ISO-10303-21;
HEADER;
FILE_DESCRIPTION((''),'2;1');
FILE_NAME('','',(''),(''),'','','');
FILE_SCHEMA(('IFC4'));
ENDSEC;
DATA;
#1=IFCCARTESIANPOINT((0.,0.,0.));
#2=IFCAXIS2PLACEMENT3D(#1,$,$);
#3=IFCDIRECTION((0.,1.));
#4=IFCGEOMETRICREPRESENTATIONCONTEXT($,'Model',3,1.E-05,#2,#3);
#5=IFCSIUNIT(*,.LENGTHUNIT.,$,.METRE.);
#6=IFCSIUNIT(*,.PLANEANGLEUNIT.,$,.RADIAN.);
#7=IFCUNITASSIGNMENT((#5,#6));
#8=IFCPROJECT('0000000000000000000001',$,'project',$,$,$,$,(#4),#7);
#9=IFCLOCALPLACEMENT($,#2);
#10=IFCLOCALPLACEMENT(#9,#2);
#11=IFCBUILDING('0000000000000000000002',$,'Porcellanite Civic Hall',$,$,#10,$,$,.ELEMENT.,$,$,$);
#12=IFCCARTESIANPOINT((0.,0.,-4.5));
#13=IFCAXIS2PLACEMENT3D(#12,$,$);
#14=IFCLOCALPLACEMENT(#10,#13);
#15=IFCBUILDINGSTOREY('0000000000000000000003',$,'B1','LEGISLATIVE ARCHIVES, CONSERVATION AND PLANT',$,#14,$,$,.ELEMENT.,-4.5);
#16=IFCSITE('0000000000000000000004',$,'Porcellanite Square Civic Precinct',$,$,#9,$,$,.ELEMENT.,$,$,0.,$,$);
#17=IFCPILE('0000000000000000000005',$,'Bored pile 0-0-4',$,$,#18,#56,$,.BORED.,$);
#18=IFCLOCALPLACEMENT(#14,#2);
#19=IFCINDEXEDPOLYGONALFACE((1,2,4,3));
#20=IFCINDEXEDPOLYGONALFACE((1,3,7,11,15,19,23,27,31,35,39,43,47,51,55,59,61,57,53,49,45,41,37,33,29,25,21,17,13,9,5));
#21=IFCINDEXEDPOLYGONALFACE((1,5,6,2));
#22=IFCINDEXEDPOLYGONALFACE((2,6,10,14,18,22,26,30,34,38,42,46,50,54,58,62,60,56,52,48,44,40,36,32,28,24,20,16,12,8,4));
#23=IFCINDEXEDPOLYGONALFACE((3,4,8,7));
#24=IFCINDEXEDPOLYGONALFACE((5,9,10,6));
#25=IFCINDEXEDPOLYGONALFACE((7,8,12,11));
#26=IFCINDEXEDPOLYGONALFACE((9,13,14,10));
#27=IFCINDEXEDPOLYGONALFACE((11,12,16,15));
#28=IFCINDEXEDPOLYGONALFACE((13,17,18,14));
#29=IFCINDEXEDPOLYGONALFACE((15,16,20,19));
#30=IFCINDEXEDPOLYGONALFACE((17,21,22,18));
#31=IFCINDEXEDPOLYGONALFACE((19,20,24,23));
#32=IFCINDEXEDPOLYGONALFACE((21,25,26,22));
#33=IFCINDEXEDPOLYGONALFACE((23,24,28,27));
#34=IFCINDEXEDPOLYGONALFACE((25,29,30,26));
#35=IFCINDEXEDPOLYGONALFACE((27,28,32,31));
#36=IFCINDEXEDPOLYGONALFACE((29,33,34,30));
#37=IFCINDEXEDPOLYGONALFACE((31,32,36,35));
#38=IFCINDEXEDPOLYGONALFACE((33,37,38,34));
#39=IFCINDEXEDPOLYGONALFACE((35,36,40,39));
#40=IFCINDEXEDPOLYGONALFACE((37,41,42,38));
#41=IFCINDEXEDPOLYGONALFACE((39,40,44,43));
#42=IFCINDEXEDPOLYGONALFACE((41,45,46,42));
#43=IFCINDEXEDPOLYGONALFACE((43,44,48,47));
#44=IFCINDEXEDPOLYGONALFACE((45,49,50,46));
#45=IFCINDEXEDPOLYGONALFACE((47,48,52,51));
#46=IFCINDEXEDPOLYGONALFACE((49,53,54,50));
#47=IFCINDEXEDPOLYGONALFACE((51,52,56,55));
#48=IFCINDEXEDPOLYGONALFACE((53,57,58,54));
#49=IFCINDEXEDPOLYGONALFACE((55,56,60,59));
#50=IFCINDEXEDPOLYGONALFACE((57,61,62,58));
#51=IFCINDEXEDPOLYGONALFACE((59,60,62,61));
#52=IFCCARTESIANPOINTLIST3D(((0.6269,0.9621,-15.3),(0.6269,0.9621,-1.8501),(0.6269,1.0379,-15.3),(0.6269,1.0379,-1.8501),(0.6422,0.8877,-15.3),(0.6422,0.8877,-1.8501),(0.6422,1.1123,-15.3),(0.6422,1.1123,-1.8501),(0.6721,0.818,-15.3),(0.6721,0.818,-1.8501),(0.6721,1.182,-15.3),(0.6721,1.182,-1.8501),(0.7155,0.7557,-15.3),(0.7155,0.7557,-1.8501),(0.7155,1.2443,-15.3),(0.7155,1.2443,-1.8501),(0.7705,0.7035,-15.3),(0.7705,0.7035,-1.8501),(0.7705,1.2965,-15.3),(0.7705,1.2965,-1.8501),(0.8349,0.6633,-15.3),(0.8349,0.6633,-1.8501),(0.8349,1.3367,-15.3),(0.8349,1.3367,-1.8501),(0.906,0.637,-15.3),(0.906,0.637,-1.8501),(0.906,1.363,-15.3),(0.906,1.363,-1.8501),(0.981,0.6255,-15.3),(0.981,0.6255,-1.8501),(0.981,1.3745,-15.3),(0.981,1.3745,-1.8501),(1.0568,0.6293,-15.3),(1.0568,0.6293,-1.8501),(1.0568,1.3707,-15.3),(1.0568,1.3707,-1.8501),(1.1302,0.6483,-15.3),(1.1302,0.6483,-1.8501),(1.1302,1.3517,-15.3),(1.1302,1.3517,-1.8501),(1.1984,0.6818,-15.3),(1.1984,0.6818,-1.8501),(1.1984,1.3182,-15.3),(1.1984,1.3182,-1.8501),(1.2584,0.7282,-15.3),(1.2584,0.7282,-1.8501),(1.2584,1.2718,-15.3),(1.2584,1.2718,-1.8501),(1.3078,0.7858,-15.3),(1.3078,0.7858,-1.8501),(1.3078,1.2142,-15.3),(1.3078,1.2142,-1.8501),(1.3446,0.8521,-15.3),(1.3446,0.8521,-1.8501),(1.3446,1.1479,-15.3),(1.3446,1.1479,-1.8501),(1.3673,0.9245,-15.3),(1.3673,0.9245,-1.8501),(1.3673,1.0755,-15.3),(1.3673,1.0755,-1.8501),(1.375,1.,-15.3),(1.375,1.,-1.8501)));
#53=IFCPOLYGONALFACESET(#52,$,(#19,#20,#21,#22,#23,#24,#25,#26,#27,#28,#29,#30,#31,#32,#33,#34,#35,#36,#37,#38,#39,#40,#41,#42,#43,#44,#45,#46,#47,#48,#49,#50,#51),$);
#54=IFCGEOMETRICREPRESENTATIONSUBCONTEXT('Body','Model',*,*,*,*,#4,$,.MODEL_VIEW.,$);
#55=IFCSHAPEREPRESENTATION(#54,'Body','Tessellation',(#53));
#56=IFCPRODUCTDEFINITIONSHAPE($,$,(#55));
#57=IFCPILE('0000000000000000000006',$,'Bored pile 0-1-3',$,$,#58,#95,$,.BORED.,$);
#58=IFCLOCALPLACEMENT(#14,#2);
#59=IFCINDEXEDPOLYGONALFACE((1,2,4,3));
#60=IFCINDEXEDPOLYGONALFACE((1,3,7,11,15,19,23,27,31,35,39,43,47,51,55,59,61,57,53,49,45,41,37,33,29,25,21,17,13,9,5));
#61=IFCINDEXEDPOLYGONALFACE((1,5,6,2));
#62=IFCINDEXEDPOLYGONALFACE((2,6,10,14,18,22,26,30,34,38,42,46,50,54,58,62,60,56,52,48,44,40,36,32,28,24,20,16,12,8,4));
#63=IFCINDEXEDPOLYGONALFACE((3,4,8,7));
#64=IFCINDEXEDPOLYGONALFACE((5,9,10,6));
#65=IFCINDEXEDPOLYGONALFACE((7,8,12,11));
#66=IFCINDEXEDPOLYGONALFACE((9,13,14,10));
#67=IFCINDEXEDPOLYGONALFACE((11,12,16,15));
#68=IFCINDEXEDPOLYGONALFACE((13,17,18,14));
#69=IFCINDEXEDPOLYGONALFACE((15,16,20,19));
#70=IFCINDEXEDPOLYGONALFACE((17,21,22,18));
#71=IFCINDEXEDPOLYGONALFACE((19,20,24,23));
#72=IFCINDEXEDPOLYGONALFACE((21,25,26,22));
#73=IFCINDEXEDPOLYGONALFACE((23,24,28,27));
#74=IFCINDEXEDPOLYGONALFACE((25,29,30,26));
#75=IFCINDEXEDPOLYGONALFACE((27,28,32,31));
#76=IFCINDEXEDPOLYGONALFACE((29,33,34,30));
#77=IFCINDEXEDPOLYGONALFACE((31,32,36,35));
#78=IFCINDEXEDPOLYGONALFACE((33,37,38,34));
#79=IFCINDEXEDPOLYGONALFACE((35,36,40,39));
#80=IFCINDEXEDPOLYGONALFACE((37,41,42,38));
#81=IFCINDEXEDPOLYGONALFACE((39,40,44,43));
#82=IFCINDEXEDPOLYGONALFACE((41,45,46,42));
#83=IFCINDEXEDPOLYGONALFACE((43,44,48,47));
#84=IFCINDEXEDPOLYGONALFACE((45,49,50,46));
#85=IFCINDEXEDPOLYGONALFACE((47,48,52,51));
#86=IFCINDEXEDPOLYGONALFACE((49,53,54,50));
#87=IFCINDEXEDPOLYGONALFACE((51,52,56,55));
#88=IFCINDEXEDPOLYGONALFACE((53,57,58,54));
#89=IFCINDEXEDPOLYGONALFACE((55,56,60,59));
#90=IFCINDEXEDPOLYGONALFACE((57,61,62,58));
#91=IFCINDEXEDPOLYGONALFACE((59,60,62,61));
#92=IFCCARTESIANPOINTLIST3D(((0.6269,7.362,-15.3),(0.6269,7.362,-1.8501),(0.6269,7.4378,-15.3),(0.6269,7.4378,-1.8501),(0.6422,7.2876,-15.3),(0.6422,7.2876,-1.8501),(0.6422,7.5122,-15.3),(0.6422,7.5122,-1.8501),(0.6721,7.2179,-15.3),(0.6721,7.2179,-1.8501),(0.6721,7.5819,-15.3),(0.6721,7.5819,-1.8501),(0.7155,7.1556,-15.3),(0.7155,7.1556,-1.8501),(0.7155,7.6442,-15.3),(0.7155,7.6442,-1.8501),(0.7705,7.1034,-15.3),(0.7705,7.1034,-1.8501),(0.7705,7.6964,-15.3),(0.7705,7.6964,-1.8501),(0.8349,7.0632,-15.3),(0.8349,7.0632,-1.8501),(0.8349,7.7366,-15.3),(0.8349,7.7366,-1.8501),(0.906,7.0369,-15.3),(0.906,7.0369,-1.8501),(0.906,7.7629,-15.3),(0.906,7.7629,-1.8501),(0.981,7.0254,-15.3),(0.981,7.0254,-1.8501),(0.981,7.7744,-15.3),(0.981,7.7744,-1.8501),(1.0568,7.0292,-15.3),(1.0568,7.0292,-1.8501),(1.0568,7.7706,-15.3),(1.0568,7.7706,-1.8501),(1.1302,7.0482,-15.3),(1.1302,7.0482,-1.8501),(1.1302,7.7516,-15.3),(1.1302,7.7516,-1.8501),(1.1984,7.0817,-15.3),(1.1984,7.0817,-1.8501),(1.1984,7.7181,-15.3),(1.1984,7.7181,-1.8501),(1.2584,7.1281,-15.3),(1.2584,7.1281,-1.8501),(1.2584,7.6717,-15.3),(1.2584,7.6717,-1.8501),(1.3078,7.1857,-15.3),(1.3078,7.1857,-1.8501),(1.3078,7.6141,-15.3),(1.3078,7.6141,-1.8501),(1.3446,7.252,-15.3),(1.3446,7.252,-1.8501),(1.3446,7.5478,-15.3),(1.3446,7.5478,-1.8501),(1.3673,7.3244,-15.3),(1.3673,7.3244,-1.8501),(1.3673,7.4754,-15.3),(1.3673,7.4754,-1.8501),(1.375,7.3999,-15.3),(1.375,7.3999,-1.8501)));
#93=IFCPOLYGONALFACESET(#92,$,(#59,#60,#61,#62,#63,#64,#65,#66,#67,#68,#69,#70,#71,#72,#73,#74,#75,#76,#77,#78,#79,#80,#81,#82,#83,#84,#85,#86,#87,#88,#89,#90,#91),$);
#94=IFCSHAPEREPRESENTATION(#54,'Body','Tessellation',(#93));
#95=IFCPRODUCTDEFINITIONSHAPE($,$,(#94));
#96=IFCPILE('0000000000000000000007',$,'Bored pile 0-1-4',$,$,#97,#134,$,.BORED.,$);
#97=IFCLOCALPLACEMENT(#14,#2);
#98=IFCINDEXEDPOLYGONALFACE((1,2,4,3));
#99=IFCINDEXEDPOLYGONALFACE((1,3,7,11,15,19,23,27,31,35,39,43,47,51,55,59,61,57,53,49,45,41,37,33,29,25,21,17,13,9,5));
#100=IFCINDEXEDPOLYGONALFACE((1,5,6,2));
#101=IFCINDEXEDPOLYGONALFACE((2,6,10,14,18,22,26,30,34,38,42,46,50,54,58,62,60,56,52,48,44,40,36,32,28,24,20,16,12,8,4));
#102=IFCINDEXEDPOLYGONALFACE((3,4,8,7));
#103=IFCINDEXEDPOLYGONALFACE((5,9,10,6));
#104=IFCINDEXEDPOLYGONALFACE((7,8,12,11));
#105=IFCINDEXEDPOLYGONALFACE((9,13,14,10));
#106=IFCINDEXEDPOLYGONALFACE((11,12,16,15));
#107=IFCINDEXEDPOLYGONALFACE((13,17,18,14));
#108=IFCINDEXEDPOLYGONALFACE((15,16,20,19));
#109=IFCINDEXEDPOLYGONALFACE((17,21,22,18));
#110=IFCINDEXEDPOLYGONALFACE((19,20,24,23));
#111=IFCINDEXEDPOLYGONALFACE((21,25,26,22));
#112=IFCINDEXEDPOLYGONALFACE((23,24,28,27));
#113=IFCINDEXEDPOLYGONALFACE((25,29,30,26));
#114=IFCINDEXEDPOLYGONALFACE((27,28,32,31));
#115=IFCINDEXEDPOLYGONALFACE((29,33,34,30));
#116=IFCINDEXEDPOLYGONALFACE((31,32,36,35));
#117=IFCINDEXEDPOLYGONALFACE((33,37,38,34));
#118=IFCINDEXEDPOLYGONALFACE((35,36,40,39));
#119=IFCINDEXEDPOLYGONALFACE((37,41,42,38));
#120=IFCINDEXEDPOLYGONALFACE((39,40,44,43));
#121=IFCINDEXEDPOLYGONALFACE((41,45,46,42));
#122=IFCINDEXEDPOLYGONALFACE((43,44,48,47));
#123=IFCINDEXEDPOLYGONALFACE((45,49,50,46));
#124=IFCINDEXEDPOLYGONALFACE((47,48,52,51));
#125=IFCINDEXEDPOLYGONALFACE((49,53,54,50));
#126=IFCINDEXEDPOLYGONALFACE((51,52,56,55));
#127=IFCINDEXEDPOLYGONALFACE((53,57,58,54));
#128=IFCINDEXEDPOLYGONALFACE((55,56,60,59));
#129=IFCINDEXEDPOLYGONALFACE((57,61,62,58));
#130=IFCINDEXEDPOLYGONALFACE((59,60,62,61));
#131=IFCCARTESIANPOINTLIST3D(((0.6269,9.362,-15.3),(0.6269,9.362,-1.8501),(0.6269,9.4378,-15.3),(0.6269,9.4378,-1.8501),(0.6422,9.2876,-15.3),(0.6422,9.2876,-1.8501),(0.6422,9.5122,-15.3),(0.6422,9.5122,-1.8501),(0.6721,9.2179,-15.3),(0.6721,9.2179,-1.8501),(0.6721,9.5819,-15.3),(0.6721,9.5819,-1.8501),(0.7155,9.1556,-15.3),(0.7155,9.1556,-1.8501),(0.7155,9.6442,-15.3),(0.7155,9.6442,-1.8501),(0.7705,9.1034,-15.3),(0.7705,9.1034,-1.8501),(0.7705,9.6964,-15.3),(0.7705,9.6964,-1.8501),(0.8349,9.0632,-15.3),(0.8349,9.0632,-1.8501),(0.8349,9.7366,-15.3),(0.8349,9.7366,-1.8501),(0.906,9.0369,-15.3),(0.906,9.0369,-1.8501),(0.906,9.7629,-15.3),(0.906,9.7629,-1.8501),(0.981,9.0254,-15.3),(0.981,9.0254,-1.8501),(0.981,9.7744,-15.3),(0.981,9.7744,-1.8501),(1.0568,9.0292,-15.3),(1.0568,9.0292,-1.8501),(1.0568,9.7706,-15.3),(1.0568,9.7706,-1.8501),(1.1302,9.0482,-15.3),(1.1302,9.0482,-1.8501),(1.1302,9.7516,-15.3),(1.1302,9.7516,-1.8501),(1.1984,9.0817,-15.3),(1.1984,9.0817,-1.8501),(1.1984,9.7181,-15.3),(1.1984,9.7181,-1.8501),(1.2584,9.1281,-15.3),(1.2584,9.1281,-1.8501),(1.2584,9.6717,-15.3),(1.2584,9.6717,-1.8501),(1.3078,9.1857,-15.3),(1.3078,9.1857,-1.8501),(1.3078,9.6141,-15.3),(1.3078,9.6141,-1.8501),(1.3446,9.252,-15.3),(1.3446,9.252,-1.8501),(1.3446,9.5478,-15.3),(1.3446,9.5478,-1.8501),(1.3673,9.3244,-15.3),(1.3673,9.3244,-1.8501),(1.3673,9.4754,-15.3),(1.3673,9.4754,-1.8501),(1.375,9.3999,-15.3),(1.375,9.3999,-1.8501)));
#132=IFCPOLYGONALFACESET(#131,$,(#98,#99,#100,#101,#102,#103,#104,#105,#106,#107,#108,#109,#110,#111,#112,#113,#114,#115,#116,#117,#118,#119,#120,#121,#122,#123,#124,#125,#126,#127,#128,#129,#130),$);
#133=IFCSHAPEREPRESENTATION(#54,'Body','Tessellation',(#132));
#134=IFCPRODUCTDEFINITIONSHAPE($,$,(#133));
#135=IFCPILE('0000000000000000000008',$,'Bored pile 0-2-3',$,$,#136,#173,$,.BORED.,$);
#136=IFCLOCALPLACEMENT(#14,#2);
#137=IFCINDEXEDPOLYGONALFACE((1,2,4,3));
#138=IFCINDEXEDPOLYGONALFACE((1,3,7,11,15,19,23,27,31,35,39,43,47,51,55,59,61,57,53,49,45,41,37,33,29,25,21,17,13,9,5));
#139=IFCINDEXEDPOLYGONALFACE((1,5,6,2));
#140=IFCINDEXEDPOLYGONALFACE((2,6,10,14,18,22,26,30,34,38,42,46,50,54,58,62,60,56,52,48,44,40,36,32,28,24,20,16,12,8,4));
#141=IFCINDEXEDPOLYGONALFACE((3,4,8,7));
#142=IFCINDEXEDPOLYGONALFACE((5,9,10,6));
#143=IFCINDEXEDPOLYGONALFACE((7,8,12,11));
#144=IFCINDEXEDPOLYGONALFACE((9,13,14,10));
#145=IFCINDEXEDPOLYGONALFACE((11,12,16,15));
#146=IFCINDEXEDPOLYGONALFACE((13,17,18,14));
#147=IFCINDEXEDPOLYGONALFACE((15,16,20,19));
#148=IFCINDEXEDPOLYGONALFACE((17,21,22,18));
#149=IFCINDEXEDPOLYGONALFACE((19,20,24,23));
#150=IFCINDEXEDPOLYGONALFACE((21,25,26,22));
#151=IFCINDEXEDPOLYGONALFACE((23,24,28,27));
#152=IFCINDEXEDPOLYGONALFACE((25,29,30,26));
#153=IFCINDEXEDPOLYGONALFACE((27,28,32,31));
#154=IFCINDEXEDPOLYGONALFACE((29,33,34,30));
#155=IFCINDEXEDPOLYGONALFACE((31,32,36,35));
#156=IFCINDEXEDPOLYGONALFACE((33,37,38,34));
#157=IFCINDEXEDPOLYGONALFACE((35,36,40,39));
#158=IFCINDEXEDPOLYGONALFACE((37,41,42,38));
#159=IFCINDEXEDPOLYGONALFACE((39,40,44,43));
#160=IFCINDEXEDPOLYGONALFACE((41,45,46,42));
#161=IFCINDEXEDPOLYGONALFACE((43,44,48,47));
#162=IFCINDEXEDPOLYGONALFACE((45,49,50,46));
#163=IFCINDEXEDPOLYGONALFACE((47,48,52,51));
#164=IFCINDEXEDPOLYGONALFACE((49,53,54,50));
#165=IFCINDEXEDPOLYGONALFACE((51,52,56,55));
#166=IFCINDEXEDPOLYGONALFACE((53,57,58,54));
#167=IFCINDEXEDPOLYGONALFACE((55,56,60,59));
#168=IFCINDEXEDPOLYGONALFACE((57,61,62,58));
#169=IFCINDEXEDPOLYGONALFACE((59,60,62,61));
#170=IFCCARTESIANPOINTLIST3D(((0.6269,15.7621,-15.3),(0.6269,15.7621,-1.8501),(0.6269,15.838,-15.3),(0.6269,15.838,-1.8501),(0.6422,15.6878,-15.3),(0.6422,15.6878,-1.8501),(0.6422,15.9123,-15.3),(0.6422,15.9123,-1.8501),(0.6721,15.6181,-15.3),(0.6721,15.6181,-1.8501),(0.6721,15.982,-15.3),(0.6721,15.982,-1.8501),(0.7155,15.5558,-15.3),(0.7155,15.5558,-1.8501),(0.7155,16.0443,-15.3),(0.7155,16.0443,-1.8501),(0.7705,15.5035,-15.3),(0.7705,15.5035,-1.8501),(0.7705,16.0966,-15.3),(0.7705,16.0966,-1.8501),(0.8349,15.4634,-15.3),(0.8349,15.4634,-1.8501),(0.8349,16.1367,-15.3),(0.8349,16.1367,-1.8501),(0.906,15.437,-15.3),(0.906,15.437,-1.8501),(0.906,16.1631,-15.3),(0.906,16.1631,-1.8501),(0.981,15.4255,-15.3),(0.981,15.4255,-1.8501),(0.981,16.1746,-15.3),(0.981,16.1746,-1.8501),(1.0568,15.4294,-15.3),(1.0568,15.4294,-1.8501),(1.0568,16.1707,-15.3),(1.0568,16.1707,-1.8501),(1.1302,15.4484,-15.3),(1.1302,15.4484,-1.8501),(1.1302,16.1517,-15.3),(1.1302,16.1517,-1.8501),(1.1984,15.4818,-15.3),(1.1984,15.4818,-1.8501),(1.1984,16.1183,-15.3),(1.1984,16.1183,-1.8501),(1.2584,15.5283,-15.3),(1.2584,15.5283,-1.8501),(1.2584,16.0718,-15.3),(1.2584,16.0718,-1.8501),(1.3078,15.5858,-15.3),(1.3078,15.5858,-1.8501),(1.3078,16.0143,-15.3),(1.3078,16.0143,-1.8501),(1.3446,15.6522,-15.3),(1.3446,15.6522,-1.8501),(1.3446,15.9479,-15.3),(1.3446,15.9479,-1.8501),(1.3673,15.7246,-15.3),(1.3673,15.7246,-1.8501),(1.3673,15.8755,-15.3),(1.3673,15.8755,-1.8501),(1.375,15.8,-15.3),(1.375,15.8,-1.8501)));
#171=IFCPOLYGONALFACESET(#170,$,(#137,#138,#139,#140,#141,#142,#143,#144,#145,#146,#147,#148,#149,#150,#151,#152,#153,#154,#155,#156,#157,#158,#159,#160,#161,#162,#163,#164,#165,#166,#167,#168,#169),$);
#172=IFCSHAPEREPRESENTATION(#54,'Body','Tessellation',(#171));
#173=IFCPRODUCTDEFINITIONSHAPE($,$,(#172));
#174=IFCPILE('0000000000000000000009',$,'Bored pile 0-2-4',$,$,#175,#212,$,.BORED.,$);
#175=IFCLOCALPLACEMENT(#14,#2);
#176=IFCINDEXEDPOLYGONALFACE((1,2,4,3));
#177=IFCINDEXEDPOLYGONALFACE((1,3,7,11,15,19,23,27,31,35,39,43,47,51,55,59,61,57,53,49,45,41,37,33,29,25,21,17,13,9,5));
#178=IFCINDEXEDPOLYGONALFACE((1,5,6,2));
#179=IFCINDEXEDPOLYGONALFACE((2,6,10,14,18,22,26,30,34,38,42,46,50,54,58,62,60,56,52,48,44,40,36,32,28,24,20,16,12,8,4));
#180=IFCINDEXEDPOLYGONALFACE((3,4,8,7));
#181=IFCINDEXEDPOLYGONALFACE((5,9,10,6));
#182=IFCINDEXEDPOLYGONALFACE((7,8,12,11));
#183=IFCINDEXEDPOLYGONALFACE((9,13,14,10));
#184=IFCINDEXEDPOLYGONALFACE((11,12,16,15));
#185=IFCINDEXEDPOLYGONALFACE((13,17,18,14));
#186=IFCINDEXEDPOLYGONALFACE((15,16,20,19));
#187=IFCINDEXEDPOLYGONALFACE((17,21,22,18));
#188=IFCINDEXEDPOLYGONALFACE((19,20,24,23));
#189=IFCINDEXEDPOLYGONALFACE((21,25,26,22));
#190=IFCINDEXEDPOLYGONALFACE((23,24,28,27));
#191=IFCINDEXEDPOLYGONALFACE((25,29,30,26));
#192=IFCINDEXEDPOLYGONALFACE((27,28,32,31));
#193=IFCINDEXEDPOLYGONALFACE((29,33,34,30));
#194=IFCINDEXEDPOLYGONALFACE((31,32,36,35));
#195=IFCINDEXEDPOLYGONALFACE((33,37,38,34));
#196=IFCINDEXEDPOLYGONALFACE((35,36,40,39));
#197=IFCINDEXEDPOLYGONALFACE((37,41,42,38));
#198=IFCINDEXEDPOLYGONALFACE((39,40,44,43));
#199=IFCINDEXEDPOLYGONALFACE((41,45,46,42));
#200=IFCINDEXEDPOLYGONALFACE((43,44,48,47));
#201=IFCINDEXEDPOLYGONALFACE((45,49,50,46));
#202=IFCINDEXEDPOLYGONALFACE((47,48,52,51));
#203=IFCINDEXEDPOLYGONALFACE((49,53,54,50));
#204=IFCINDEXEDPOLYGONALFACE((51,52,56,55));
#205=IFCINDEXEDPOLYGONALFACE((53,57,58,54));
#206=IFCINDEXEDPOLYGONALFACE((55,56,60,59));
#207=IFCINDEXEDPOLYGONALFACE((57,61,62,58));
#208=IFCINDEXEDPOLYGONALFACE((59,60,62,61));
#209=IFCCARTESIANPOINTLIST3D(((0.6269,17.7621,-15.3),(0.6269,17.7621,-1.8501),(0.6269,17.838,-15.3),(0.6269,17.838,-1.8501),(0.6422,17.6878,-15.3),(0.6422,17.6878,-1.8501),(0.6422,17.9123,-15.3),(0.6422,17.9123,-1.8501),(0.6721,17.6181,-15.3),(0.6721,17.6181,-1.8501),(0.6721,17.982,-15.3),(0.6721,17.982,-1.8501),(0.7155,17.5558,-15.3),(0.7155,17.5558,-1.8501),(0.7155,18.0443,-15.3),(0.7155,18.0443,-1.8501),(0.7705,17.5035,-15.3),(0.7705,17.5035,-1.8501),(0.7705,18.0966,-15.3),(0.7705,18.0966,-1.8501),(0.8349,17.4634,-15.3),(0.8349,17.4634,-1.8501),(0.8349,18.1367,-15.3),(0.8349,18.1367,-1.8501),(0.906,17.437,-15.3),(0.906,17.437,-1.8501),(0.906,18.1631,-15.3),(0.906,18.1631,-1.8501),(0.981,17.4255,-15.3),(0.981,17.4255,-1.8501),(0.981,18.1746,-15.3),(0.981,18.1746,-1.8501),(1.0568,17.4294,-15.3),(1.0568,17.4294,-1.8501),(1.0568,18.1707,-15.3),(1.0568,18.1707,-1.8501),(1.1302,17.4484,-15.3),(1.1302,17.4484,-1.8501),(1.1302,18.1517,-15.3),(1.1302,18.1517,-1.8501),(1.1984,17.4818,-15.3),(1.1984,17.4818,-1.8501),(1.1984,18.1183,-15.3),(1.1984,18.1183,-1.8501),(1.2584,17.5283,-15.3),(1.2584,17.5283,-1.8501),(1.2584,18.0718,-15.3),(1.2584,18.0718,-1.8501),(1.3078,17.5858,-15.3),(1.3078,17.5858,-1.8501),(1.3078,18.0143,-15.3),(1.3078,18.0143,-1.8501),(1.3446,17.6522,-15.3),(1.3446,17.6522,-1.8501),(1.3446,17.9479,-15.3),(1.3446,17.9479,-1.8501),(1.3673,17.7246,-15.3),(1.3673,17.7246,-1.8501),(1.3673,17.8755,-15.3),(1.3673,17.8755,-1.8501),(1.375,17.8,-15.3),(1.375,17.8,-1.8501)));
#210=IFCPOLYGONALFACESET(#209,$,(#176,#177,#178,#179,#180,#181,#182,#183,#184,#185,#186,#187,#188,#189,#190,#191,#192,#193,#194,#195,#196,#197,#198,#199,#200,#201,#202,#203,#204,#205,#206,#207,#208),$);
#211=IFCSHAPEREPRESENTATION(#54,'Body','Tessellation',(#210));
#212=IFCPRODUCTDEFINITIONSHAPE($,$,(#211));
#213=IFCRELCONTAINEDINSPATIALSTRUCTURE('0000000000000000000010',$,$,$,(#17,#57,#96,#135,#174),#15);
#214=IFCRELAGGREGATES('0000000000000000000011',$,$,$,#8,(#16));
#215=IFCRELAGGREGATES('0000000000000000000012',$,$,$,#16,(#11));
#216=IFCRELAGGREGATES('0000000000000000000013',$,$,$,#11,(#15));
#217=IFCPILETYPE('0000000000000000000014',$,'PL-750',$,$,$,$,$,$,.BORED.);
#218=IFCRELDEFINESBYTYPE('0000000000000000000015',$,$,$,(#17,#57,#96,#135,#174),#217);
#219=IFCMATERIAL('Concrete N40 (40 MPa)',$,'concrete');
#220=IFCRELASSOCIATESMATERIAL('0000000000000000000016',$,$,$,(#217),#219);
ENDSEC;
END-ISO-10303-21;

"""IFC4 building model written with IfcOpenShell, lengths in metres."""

from ifc_helpers import new_model, si_unit, direction, frame, origin, origin_2d, place, context, subcontext, project, spatial, circle, extrude, material, material_profile, profile_set, type_object, element, save


model = new_model("IFC4")

# Units and contexts
model_context = context("Model", 3, precision=1e-05, world=origin(), true_north=direction((0.0, 1.0)))
body_context = subcontext(model_context, "Body", "Model", "MODEL_VIEW")
ifc_project = project(units=[si_unit("LENGTHUNIT", "METRE"), si_unit("PLANEANGLEUNIT", "RADIAN")], contexts=[model_context])

# Site, building, storey
site_placement = place(None, origin())
site = spatial("IfcSite", under=ifc_project, at=site_placement, Name="Porcellanite Square Civic Precinct", CompositionType="ELEMENT", RefElevation=0.0)
building_placement = place(site_placement, origin())
building = spatial("IfcBuilding", under=site, at=building_placement, Name="Porcellanite Civic Hall", CompositionType="ELEMENT")
storey_placement = place(building_placement, frame((0.0, 0.0, -4.5)))
storey = spatial("IfcBuildingStorey", under=building, at=storey_placement, Name="B1", Description="LEGISLATIVE ARCHIVES, CONSERVATION AND PLANT", CompositionType="ELEMENT", Elevation=-4.5)

# Piles
ifc_material_1 = material(Name="Concrete N40 (40 MPa)", Category="concrete")
ifc_material_profile_1 = material_profile(ifc_material_1, circle(Radius=0.375, at=origin_2d()), Name="PILE-D750")
ifc_profile_set_1 = profile_set([ifc_material_profile_1], Name="Concrete N40 (40 MPa)")
pile_type_1 = type_object("IfcPileType", Name="PL-750", PredefinedType="BORED", material=ifc_profile_set_1)
for number, where, z_axis, x_axis, name in (
    (1, (1.0, 1.0, -1.8501), (0.0, 0.0, -1.0), (1.0, 0.0, 0.0), "Bored pile 0-0-4"),
    (2, (1.0, 7.3999, -1.8501), (0.0, 0.0, -1.0), (1.0, 0.0, 0.0), "Bored pile 0-1-3"),
    (3, (1.0, 9.3999, -1.8501), (0.0, 0.0, -1.0), (1.0, 0.0, 0.0), "Bored pile 0-1-4"),
    (4, (1.0, 15.8, -1.8501), (0.0, 0.0, -1.0), (1.0, 0.0, 0.0), "Bored pile 0-2-3"),
    (5, (1.0, 17.8, -1.8501), (0.0, 0.0, -1.0), (1.0, 0.0, 0.0), "Bored pile 0-2-4"),
):
    element("IfcPile", number, at=place(storey_placement, frame(where, z_axis=z_axis, x_axis=x_axis)), inside=storey, type_object=pile_type_1, Name=name, PredefinedType="BORED", context=body_context, shape_type="SweptSolid", body=[
        extrude(circle(Radius=0.375, at=origin_2d()), origin(), (0.0, 0.0, 1.0), 13.45),
    ])

save(model, "model.ifc")
